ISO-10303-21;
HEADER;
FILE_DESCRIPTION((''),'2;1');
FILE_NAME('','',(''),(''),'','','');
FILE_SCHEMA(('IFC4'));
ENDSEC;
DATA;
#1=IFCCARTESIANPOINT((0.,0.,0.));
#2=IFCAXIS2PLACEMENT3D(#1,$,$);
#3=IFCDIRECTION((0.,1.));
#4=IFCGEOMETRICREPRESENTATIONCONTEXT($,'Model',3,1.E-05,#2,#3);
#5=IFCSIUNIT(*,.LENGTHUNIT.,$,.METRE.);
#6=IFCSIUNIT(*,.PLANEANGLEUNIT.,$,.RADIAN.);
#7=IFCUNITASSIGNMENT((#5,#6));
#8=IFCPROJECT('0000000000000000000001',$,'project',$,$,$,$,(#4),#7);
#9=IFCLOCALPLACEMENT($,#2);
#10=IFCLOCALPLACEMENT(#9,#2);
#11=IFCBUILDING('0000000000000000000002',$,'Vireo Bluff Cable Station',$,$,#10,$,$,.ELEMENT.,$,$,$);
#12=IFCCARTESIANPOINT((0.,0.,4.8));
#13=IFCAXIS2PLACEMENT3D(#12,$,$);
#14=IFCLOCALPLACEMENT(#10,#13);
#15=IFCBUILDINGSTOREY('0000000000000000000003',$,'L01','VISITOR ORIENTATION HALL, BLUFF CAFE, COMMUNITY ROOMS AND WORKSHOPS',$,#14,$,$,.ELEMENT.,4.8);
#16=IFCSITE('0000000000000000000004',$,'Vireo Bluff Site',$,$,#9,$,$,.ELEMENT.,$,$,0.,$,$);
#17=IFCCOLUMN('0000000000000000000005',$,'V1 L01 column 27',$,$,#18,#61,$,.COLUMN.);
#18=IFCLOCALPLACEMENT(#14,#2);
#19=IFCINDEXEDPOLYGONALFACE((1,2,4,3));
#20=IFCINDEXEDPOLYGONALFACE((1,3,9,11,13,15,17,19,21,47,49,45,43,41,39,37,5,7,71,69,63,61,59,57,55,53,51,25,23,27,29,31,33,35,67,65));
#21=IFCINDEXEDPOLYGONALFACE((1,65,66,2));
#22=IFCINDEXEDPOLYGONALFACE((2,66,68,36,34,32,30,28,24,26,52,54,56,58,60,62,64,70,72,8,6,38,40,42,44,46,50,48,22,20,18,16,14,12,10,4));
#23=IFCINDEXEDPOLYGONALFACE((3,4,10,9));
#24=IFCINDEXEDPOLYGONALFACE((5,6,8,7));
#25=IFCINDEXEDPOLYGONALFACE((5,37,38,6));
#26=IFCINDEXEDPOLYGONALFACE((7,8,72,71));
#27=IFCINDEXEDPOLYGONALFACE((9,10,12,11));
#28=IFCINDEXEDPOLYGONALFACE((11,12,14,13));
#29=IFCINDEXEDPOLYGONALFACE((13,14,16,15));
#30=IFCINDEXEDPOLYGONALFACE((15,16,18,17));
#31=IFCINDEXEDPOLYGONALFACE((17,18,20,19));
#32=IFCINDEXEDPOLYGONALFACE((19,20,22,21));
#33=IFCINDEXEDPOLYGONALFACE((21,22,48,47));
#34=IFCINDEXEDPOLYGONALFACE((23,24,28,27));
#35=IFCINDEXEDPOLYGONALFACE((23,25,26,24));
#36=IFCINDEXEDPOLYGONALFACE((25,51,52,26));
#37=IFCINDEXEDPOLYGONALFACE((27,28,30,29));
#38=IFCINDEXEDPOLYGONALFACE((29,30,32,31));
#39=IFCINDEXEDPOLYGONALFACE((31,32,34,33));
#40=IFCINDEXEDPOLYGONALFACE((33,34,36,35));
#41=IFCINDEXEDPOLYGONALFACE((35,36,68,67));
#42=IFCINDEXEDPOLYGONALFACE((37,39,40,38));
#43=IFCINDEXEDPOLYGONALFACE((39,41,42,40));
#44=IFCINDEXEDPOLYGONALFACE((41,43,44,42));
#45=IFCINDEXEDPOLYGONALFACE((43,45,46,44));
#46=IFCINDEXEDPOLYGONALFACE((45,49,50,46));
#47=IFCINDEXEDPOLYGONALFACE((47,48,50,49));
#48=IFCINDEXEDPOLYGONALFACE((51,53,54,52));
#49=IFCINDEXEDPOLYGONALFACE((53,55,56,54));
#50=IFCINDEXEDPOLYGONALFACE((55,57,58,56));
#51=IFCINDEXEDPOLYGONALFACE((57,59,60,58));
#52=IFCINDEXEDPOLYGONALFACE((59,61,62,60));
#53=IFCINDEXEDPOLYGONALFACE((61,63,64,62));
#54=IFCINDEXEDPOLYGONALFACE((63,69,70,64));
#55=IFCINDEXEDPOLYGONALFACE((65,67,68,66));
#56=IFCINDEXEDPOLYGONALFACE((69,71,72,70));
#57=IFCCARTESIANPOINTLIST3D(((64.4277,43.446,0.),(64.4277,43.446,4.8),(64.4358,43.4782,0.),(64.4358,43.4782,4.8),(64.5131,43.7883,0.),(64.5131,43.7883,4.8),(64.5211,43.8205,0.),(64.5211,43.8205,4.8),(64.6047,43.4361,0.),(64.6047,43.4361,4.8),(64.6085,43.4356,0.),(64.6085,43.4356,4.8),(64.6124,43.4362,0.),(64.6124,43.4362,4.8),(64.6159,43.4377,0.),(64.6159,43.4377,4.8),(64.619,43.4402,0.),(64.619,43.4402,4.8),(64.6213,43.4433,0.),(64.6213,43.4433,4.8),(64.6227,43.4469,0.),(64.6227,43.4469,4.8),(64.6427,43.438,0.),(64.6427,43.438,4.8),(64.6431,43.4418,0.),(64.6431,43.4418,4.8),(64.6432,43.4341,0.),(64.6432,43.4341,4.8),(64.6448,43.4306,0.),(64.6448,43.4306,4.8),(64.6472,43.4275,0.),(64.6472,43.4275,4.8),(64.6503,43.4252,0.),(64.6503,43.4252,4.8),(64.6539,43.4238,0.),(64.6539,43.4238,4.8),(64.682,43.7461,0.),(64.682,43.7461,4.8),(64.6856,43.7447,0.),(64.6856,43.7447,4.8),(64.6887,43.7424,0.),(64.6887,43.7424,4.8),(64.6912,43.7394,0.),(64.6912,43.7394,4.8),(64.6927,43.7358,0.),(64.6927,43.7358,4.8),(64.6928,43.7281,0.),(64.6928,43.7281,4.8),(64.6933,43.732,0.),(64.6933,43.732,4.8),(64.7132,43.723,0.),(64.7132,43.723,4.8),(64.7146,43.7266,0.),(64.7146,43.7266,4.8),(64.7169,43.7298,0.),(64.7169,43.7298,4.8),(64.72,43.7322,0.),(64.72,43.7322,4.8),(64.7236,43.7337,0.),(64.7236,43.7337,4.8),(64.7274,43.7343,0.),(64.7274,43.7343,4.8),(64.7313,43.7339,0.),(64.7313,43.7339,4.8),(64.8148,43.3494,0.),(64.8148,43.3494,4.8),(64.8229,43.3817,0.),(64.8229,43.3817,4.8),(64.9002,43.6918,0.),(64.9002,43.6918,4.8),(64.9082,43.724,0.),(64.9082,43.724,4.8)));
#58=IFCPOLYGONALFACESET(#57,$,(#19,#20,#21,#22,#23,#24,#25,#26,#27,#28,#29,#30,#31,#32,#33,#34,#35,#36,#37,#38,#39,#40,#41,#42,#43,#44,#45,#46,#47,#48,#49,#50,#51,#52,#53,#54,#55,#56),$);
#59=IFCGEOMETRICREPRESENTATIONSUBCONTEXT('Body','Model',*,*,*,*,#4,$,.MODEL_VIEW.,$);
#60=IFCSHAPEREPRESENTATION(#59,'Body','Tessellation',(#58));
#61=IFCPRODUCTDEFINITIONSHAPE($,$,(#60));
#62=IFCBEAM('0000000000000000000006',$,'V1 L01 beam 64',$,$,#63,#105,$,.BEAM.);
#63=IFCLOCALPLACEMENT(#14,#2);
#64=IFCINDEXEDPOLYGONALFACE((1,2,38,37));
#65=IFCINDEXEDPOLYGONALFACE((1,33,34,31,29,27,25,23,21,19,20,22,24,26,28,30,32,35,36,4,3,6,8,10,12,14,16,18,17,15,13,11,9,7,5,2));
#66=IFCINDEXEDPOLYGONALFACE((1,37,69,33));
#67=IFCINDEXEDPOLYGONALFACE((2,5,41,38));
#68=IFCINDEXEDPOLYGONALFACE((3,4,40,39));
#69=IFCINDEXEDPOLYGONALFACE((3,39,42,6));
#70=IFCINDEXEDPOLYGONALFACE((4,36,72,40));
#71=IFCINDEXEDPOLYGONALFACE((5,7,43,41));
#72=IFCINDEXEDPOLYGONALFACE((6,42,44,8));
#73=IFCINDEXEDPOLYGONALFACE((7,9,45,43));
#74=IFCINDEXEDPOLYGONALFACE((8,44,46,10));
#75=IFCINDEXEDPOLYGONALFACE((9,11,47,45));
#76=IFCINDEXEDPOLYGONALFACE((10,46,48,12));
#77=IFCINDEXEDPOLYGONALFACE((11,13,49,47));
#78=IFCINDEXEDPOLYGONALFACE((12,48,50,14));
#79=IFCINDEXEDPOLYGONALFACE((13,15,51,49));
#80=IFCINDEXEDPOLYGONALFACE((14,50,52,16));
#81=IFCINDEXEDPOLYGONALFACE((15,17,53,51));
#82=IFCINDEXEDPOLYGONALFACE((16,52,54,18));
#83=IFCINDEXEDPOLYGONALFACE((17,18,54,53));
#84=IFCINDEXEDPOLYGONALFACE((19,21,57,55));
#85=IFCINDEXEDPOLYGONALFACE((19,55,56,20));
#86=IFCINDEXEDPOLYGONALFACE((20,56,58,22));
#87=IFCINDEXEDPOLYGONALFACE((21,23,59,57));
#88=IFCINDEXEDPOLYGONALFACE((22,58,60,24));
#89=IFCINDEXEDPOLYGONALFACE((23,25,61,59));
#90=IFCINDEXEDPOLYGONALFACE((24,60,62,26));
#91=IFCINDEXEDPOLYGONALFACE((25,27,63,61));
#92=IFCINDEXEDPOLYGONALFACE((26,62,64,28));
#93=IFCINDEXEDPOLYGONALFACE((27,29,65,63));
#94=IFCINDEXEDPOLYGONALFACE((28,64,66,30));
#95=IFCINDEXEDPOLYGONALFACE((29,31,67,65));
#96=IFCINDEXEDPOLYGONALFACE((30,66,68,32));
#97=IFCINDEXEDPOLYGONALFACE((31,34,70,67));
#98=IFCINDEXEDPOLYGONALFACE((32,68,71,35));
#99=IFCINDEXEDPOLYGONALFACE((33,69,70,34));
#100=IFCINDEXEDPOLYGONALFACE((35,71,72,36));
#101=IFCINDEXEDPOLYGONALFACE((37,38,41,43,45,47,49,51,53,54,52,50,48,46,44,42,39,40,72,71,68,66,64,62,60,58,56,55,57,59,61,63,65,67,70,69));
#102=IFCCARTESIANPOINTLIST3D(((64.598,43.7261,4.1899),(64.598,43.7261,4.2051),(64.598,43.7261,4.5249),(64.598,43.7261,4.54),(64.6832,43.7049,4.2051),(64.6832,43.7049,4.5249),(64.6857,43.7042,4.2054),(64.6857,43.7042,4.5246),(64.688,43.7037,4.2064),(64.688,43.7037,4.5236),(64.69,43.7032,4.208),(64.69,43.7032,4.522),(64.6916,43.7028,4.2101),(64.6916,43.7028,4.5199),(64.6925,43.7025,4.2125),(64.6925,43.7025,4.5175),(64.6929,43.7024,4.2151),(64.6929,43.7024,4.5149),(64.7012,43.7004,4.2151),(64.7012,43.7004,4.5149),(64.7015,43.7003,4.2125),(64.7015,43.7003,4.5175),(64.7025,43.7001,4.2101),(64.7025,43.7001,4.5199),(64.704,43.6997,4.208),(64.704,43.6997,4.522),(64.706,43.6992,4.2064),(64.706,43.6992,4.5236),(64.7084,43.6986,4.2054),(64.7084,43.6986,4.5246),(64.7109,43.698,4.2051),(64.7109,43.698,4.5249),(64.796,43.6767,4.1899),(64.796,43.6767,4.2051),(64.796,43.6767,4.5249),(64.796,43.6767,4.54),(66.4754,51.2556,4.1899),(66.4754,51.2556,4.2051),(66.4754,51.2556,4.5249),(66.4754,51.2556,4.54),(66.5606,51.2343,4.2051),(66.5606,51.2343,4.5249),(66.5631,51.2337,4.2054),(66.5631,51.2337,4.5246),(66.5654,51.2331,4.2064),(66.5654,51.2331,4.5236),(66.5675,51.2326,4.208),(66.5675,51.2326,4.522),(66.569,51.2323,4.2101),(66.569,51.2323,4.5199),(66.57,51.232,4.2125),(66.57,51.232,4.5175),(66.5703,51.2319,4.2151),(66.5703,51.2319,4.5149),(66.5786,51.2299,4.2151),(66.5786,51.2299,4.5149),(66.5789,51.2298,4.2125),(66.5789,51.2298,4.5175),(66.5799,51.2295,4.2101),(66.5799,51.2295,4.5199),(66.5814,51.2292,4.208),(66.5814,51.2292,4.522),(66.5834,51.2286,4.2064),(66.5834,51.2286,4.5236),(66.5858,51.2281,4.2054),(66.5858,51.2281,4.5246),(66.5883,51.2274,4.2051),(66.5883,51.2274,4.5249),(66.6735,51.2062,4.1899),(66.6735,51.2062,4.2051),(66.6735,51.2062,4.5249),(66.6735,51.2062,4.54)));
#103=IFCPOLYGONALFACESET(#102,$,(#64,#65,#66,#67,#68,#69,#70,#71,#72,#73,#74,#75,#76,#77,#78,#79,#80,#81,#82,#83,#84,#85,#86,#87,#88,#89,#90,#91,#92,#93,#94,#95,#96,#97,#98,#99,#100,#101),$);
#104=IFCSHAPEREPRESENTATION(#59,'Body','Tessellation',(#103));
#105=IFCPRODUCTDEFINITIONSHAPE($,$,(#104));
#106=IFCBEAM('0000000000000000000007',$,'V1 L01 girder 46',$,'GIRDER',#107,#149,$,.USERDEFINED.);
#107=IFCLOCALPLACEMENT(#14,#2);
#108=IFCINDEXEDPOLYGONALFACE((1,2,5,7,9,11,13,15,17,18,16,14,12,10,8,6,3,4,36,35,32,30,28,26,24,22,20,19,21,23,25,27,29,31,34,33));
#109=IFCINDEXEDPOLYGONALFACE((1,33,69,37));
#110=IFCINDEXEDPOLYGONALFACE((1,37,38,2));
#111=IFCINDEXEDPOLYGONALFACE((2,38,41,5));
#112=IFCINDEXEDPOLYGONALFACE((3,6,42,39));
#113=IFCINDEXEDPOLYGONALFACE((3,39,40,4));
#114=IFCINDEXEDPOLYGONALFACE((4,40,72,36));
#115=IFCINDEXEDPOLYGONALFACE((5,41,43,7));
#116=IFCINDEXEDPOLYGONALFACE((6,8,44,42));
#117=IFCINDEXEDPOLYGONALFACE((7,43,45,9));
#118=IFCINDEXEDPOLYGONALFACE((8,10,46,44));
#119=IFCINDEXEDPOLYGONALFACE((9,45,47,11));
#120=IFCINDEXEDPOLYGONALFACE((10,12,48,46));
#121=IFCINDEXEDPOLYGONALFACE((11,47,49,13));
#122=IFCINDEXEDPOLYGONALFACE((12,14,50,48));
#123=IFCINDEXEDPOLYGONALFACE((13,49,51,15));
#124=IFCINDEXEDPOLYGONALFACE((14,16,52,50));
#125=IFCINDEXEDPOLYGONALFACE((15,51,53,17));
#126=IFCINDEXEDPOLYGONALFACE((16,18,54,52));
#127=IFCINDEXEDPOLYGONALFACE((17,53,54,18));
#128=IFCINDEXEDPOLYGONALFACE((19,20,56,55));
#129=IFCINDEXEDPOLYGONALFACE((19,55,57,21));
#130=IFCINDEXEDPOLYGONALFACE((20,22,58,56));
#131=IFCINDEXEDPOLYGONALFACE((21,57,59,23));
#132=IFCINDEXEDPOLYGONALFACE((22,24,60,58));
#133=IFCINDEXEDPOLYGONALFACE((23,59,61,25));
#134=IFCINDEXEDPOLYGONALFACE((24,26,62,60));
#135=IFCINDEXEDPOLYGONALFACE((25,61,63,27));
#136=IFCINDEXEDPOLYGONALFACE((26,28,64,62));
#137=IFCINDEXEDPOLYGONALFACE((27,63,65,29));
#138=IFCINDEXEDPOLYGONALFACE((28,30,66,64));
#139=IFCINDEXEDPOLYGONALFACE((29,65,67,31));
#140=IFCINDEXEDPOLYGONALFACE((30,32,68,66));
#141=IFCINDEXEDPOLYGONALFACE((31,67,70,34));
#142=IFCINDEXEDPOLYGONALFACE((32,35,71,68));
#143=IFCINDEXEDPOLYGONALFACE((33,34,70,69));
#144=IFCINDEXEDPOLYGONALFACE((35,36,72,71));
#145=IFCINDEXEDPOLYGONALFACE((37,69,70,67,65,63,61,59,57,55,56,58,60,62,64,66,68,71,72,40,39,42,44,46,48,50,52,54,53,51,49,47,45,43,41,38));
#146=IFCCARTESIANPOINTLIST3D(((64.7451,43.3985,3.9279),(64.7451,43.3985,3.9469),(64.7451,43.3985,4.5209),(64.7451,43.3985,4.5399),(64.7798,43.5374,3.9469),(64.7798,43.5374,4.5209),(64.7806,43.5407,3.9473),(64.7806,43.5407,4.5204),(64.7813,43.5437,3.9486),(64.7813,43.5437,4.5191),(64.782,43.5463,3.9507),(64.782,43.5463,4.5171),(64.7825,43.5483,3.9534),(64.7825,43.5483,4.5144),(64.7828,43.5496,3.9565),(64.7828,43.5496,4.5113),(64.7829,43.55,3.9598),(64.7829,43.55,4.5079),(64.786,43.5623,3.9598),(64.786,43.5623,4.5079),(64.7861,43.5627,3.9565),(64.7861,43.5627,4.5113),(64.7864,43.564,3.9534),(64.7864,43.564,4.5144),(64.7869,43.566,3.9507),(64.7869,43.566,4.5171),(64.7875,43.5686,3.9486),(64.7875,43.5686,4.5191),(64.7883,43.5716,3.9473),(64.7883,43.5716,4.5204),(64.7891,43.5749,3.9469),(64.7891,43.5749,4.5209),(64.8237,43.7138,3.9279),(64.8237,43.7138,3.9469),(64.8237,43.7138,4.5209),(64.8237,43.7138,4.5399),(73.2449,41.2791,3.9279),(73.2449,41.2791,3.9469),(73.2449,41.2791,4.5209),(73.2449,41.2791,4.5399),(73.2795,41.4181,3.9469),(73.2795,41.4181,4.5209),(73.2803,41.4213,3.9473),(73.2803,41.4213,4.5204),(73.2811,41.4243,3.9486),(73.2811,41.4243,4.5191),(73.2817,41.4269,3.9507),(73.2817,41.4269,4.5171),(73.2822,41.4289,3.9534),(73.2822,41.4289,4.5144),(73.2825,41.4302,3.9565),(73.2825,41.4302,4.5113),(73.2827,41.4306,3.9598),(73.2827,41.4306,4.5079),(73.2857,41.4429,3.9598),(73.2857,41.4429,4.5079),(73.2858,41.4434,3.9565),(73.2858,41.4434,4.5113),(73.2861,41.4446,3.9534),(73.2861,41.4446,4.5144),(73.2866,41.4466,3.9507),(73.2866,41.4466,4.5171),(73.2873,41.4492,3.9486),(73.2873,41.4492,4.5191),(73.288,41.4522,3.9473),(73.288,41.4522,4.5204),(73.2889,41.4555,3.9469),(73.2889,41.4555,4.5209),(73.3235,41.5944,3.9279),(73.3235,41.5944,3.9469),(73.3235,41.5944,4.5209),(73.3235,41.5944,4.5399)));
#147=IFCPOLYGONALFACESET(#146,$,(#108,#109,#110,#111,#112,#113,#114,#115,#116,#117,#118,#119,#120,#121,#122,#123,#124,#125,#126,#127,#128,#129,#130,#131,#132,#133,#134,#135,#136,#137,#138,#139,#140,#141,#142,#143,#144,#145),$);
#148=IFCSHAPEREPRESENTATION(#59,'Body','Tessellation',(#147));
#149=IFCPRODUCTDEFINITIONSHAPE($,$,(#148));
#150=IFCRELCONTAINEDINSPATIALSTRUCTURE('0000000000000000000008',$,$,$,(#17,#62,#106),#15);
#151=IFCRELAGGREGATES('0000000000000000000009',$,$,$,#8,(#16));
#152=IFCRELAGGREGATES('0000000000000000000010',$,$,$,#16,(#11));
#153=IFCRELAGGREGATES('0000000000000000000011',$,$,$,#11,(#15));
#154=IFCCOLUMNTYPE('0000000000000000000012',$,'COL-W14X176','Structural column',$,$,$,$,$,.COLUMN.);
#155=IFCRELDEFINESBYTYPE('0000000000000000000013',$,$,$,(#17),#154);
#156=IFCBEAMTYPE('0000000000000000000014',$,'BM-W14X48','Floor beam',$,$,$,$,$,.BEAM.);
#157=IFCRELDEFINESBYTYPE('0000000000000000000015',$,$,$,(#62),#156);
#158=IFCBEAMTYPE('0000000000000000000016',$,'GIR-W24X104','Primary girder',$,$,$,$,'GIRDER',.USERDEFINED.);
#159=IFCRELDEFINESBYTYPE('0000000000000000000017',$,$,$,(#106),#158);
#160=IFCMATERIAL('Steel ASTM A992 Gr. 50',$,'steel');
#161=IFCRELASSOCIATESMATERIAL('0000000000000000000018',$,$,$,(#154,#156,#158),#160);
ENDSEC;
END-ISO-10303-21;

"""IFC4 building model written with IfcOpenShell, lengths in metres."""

from ifc_helpers import new_model, si_unit, direction, frame, origin, origin_2d, place, context, subcontext, project, spatial, i_section, extrude, material, material_profile, profile_set, type_object, element, save


model = new_model("IFC4")

# Units and contexts
model_context = context("Model", 3, precision=1e-05, world=origin(), true_north=direction((0.0, 1.0)))
body_context = subcontext(model_context, "Body", "Model", "MODEL_VIEW")
ifc_project = project(units=[si_unit("LENGTHUNIT", "METRE"), si_unit("PLANEANGLEUNIT", "RADIAN")], contexts=[model_context])

# Site, building, storey
site_placement = place(None, origin())
site = spatial("IfcSite", under=ifc_project, at=site_placement, Name="Vireo Bluff Site", CompositionType="ELEMENT", RefElevation=0.0)
building_placement = place(site_placement, origin())
building = spatial("IfcBuilding", under=site, at=building_placement, Name="Vireo Bluff Cable Station", CompositionType="ELEMENT")
storey_placement = place(building_placement, frame((0.0, 0.0, 4.8)))
storey = spatial("IfcBuildingStorey", under=building, at=storey_placement, Name="L01", Description="VISITOR ORIENTATION HALL, BLUFF CAFE, COMMUNITY ROOMS AND WORKSHOPS", CompositionType="ELEMENT", Elevation=4.8)

# Column
ifc_material_1 = material(Name="Steel ASTM A992 Gr. 50", Category="steel")
ifc_material_profile_1 = material_profile(ifc_material_1, i_section(OverallWidth=0.3989, OverallDepth=0.386, WebThickness=0.021, FlangeThickness=0.0332, FilletRadius=0.0149, at=origin_2d()), Name="W14X176")
ifc_profile_set_1 = profile_set([ifc_material_profile_1], Name="Steel ASTM A992 Gr. 50")
column_type = type_object("IfcColumnType", Name="COL-W14X176", Description="Structural column", PredefinedType="COLUMN", material=ifc_profile_set_1)
column_placement = place(storey_placement, frame((64.668, 43.585, 0.0), z_axis=(0.0, 0.0, 1.0), x_axis=(0.970296, -0.241922, 0.0)))
element("IfcColumn", 1, at=column_placement, inside=storey, type_object=column_type, Name="V1 L01 column 27", PredefinedType="COLUMN", context=body_context, shape_type="SweptSolid", body=[
    extrude(i_section(OverallWidth=0.3989, OverallDepth=0.386, WebThickness=0.021, FlangeThickness=0.0332, FilletRadius=0.0149, at=origin_2d()), origin(), (0.0, 0.0, 1.0), 4.8),
])

# Beams
ifc_material_profile_2 = material_profile(ifc_material_1, i_section(OverallWidth=0.2041, OverallDepth=0.3501, WebThickness=0.0085, FlangeThickness=0.0151, FilletRadius=0.01, at=origin_2d()), Name="W14X48")
ifc_profile_set_2 = profile_set([ifc_material_profile_2], Name="Steel ASTM A992 Gr. 50")
beam_type_1 = type_object("IfcBeamType", Name="BM-W14X48", Description="Floor beam", PredefinedType="BEAM", material=ifc_profile_set_2)
beam_1_placement = place(storey_placement, frame((64.697, 43.7014, 4.365), z_axis=(0.241936, 0.970292, 0.0), x_axis=(-0.970292, 0.241936, 0.0)))
element("IfcBeam", 2, at=beam_1_placement, inside=storey, type_object=beam_type_1, Name="V1 L01 beam 64", PredefinedType="BEAM", context=body_context, shape_type="SweptSolid", body=[
    extrude(i_section(OverallWidth=0.2041, OverallDepth=0.3501, WebThickness=0.0085, FlangeThickness=0.0151, FilletRadius=0.01, at=origin_2d()), origin(), (0.0, 0.0, 1.0), 7.76),
])
ifc_material_profile_3 = material_profile(ifc_material_1, i_section(OverallWidth=0.325, OverallDepth=0.6121, WebThickness=0.0127, FlangeThickness=0.019, FilletRadius=0.0129, at=origin_2d()), Name="W24X104")
ifc_profile_set_3 = profile_set([ifc_material_profile_3], Name="Steel ASTM A992 Gr. 50")
beam_type_2 = type_object("IfcBeamType", Name="GIR-W24X104", Description="Primary girder", ElementType="GIRDER", PredefinedType="USERDEFINED", material=ifc_profile_set_3)
beam_2_placement = place(storey_placement, frame((64.7844, 43.5562, 4.2339), z_axis=(0.970292, -0.241939, 0.0), x_axis=(0.241939, 0.970292, 0.0)))
element("IfcBeam", 3, at=beam_2_placement, inside=storey, type_object=beam_type_2, Name="V1 L01 girder 46", ObjectType="GIRDER", PredefinedType="USERDEFINED", context=body_context, shape_type="SweptSolid", body=[
    extrude(i_section(OverallWidth=0.325, OverallDepth=0.6121, WebThickness=0.0127, FlangeThickness=0.019, FilletRadius=0.0129, at=origin_2d()), origin(), (0.0, 0.0, 1.0), 8.76),
])

save(model, "model.ifc")
